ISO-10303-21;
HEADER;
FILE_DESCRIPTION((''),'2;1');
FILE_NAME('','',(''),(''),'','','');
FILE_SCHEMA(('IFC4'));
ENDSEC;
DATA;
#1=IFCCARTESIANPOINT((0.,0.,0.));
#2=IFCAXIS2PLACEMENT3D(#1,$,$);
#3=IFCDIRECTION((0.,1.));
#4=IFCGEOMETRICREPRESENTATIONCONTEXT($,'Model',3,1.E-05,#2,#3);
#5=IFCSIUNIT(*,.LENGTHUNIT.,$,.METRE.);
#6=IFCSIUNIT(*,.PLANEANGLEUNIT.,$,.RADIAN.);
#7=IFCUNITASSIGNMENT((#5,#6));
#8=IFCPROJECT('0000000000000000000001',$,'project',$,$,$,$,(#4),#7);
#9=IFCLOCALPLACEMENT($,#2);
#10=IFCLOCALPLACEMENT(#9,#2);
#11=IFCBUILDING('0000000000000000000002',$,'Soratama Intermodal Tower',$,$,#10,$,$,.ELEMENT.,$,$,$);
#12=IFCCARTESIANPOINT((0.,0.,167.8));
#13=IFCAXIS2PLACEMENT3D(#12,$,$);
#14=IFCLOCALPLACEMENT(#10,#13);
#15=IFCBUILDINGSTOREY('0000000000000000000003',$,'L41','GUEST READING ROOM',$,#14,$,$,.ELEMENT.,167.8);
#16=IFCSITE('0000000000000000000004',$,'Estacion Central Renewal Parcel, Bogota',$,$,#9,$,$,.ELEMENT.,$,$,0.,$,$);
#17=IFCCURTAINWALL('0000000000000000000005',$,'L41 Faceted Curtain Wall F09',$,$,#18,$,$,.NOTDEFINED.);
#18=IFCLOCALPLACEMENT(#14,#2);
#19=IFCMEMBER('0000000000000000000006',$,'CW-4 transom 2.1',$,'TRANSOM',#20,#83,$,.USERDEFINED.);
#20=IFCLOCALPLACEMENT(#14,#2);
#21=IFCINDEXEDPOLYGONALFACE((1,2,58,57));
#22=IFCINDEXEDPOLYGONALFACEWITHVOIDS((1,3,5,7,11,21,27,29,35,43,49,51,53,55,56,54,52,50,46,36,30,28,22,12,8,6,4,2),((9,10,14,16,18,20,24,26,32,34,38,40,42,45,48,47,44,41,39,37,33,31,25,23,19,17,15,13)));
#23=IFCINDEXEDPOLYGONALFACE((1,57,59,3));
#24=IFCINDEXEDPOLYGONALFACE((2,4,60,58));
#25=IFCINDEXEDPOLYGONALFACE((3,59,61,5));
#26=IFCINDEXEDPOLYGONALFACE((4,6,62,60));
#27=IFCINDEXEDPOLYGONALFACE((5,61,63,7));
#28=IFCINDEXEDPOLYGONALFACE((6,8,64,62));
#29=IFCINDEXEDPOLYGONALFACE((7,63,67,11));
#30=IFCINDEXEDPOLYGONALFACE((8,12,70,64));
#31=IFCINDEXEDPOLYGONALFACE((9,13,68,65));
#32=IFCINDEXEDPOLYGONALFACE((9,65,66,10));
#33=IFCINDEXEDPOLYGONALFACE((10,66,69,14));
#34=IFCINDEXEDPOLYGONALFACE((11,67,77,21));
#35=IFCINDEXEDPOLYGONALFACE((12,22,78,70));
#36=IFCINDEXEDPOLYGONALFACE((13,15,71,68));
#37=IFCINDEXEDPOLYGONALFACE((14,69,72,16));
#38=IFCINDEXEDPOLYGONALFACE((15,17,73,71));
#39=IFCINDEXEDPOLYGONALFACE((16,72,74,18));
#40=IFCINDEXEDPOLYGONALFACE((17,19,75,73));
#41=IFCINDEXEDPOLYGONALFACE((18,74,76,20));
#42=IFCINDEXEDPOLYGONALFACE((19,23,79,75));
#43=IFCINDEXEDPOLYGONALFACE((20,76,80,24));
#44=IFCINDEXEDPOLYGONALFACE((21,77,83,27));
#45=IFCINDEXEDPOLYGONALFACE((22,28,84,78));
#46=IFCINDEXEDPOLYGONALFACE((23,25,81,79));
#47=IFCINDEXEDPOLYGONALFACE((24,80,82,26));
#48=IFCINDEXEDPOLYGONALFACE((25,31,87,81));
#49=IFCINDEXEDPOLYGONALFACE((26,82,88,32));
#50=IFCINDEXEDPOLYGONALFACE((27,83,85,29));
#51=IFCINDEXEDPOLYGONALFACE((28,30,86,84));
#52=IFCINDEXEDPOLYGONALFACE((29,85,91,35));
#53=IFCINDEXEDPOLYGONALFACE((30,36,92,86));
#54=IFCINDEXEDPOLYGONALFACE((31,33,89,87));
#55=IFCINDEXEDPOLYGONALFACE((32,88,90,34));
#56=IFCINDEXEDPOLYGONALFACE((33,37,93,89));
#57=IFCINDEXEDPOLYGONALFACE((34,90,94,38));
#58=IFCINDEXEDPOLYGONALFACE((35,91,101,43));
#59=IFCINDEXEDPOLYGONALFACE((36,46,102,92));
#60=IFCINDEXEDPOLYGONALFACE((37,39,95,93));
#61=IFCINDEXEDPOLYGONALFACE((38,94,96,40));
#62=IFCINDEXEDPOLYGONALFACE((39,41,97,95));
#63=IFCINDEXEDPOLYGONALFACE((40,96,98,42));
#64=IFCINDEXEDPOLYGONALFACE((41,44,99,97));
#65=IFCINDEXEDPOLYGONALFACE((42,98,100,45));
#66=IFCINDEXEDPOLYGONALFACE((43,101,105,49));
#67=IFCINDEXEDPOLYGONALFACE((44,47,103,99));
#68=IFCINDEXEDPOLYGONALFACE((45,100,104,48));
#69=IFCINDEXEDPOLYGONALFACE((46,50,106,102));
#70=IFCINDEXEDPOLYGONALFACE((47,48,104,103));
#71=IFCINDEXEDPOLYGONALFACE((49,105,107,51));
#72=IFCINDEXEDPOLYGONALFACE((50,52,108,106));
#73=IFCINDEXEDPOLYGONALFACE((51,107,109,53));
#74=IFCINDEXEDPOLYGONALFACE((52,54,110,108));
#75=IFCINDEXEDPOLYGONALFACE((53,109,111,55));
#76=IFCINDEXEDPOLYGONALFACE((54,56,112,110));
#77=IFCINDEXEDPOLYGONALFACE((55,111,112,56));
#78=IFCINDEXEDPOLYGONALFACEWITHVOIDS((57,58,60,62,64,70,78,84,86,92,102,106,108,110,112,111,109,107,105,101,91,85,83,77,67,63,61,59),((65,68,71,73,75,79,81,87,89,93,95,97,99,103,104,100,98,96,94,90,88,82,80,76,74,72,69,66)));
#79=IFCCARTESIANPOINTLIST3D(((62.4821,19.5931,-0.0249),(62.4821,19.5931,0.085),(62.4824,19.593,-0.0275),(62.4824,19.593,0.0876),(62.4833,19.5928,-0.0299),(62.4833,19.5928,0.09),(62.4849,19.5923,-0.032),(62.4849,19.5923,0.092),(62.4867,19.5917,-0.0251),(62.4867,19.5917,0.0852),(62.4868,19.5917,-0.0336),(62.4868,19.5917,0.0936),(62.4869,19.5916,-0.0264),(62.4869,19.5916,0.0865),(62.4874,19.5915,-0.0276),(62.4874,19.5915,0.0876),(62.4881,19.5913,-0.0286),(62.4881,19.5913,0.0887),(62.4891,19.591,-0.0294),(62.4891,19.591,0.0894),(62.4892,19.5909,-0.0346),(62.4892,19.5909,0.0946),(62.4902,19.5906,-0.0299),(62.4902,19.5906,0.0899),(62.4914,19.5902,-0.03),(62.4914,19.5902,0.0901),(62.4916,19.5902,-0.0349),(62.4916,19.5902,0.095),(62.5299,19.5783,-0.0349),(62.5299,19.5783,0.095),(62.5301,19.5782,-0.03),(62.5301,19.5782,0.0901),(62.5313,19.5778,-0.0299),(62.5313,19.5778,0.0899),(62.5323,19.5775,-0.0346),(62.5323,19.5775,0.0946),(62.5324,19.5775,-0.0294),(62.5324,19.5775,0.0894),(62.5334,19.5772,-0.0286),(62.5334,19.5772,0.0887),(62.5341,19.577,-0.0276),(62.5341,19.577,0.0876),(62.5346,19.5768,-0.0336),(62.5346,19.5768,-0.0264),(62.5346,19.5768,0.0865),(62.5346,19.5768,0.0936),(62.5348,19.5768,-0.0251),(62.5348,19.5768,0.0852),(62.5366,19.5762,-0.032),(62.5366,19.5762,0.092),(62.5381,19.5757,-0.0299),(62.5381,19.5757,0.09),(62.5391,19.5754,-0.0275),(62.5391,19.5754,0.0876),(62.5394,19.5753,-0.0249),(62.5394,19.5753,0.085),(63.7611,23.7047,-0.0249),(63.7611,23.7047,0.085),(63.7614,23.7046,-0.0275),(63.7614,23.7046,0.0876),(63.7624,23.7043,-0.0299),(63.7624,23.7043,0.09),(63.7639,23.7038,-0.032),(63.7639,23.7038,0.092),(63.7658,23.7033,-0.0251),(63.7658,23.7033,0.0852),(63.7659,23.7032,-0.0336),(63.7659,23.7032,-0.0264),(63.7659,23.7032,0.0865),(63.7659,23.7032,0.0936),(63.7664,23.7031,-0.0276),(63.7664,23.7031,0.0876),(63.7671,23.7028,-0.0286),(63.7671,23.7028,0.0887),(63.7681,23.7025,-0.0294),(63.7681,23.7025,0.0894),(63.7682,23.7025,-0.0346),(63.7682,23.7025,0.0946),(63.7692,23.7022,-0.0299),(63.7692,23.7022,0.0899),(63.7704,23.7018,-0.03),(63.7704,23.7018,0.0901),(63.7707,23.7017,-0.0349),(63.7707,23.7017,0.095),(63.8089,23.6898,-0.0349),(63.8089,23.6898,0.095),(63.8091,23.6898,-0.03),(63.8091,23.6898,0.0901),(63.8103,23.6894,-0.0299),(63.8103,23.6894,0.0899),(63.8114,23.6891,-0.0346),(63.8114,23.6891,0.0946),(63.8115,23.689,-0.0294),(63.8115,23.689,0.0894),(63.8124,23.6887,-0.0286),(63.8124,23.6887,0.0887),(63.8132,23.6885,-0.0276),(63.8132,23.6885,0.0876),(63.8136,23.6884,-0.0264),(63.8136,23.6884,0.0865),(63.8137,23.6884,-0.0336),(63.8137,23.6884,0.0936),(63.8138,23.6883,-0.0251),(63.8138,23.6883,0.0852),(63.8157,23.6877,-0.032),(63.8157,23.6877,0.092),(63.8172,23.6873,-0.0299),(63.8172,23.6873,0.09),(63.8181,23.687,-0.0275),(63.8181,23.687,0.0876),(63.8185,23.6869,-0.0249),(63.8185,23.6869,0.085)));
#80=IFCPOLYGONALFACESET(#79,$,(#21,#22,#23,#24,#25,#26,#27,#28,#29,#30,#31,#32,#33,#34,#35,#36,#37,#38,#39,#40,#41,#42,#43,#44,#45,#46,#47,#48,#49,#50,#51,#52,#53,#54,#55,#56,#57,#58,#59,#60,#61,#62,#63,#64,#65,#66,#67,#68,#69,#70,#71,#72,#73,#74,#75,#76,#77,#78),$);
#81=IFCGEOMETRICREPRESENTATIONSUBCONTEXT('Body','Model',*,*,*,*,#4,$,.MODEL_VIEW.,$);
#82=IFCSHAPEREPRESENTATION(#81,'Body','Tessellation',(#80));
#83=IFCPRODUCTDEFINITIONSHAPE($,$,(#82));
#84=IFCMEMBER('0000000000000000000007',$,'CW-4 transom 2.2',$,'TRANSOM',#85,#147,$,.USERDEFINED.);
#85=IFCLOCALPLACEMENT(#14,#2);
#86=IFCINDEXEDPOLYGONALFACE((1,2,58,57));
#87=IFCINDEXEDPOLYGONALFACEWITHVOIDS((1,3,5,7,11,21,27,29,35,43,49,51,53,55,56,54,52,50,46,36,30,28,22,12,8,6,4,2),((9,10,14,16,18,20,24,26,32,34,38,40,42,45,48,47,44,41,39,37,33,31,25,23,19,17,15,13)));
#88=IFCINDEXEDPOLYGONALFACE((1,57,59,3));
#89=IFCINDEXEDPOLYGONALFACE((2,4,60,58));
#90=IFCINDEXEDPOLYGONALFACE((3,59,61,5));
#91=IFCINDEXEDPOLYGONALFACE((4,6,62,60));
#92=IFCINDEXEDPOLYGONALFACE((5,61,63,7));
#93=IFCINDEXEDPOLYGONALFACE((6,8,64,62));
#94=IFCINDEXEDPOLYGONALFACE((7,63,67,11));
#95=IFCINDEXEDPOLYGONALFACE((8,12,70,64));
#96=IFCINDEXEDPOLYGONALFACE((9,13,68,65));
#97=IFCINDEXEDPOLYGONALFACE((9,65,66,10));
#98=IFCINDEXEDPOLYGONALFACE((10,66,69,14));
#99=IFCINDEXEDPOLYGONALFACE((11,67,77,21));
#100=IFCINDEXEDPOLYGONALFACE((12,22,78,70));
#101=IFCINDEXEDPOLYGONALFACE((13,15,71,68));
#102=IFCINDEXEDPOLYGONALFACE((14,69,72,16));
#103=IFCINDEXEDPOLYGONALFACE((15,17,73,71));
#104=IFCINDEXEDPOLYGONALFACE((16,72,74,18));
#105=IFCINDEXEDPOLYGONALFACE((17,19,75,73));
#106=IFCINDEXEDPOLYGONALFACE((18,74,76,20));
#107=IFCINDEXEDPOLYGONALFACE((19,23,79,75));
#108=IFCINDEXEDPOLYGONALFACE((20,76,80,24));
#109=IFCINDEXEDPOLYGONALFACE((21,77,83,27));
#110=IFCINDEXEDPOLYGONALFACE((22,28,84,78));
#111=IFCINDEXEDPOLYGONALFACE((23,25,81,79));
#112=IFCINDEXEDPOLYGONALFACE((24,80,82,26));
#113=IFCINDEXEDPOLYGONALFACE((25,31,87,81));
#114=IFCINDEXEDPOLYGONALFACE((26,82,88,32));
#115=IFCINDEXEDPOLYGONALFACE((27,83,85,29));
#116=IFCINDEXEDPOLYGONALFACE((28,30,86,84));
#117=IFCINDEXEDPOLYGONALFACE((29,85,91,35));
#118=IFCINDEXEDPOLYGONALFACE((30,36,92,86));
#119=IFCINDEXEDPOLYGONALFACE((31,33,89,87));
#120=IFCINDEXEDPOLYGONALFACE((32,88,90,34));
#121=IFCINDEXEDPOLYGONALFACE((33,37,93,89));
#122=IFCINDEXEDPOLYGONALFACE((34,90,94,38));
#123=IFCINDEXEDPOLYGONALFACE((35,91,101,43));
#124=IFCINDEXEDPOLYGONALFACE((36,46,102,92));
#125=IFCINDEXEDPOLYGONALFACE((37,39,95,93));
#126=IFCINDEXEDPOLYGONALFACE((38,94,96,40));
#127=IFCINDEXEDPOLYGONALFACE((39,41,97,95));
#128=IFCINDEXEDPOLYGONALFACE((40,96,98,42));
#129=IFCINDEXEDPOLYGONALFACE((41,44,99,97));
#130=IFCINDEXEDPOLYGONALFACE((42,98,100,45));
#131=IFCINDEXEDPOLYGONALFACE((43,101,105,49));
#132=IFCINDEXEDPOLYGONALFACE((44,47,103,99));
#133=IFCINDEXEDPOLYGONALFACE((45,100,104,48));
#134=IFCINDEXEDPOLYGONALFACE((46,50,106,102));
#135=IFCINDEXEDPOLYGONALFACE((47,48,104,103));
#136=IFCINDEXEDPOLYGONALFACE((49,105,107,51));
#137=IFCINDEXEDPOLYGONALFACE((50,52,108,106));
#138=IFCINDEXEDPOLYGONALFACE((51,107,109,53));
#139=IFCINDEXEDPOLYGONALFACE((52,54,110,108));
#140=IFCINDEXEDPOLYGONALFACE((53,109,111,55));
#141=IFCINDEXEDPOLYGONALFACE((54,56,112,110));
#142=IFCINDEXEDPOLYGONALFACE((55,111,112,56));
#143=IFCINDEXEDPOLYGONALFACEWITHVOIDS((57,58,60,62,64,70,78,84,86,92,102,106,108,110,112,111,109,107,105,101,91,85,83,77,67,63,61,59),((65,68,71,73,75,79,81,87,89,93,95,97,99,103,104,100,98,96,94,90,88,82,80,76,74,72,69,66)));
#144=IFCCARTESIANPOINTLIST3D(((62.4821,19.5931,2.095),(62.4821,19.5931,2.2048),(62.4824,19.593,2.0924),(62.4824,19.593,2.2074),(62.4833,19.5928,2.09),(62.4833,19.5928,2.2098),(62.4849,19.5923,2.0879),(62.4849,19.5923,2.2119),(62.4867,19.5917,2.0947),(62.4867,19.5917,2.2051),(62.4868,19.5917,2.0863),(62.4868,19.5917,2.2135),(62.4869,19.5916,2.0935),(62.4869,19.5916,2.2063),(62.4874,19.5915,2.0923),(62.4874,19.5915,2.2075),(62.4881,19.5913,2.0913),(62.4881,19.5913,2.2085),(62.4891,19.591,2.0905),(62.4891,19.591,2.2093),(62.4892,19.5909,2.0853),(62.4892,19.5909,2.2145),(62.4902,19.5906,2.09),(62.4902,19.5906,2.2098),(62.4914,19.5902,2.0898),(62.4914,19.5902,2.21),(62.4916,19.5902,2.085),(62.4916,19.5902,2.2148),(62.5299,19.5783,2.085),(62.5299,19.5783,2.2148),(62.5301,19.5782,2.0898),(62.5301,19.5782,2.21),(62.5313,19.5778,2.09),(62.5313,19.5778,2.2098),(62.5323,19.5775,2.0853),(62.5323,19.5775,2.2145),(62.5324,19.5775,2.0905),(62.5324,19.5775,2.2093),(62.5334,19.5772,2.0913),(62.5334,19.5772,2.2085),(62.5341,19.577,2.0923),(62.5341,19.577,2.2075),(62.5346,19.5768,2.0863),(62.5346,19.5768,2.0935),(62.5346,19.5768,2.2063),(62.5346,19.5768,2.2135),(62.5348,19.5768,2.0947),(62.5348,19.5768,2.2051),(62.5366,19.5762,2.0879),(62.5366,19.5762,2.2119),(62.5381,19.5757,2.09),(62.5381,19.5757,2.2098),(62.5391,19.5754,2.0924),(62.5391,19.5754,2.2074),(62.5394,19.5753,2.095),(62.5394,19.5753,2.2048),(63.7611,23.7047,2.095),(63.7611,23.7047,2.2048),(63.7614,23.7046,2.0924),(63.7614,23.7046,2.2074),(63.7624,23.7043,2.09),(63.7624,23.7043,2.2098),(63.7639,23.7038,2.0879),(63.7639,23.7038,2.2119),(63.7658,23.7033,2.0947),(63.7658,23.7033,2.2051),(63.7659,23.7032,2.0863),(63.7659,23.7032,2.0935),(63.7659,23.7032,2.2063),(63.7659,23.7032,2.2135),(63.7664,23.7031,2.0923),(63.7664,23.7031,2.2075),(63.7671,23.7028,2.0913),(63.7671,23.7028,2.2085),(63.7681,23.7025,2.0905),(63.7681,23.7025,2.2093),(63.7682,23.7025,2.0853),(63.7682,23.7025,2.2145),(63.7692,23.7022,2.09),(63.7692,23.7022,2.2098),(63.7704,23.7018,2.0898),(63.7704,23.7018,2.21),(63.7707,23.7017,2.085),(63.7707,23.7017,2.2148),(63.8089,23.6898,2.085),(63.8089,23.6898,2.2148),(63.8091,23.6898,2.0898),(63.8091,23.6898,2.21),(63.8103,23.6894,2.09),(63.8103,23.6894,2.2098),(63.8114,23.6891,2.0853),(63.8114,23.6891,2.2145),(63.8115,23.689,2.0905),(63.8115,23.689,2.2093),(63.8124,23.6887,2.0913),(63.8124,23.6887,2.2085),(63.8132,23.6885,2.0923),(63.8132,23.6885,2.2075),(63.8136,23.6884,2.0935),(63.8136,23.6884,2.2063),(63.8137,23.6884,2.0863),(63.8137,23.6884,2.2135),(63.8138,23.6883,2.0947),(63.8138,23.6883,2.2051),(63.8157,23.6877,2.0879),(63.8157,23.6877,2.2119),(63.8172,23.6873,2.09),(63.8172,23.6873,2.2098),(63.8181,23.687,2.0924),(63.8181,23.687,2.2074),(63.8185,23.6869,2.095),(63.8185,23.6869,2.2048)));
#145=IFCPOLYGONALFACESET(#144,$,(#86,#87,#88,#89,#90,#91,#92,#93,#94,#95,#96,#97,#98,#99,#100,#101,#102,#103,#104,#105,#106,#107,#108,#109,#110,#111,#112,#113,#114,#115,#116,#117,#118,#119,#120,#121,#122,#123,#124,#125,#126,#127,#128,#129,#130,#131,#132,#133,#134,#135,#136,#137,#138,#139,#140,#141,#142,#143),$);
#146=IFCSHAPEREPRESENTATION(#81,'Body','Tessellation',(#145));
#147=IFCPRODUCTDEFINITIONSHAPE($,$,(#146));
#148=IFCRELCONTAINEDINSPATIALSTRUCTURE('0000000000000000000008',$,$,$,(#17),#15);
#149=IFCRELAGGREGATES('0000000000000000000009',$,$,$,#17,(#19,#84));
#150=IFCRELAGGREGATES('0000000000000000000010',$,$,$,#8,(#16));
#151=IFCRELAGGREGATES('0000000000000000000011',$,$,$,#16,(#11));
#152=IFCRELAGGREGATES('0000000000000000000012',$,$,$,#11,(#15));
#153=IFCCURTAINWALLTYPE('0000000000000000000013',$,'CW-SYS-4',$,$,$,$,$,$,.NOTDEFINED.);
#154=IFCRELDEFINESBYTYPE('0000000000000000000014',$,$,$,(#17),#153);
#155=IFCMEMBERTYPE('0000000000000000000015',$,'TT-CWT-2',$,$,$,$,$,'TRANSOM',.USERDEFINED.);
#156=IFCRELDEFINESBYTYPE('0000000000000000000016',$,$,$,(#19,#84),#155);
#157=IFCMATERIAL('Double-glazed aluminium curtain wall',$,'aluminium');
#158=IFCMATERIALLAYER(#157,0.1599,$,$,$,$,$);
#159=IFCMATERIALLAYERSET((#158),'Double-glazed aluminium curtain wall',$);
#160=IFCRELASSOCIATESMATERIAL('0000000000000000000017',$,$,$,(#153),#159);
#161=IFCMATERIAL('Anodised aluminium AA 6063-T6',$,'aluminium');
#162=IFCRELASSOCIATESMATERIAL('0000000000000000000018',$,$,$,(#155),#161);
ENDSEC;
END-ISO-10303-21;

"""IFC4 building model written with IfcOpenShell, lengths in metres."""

from ifc_helpers import new_model, si_unit, direction, frame, origin, origin_2d, place, context, subcontext, project, spatial, hollow_rectangle, extrude, material, layer, layer_set, material_profile, profile_set, type_object, element, aggregate, save


model = new_model("IFC4")

# Units and contexts
model_context = context("Model", 3, precision=1e-05, world=origin(), true_north=direction((0.0, 1.0)))
body_context = subcontext(model_context, "Body", "Model", "MODEL_VIEW")
ifc_project = project(units=[si_unit("LENGTHUNIT", "METRE"), si_unit("PLANEANGLEUNIT", "RADIAN")], contexts=[model_context])

# Site, building, storey
site_placement = place(None, origin())
site = spatial("IfcSite", under=ifc_project, at=site_placement, Name="Estacion Central Renewal Parcel, Bogota", CompositionType="ELEMENT", RefElevation=0.0)
building_placement = place(site_placement, origin())
building = spatial("IfcBuilding", under=site, at=building_placement, Name="Soratama Intermodal Tower", CompositionType="ELEMENT")
storey_placement = place(building_placement, frame((0.0, 0.0, 167.8)))
storey = spatial("IfcBuildingStorey", under=building, at=storey_placement, Name="L41", Description="GUEST READING ROOM", CompositionType="ELEMENT", Elevation=167.8)

# Curtain wall, members
ifc_material_1 = material(Name="Double-glazed aluminium curtain wall", Category="aluminium")
ifc_layer_1 = layer(ifc_material_1, 0.1599)
ifc_layer_set_1 = layer_set([ifc_layer_1], Name="Double-glazed aluminium curtain wall")
curtain_wall_type = type_object("IfcCurtainWallType", Name="CW-SYS-4", PredefinedType="NOTDEFINED", material=ifc_layer_set_1)
curtain_wall_placement = place(storey_placement, origin())
curtain_wall = element("IfcCurtainWall", 1, at=curtain_wall_placement, inside=storey, type_object=curtain_wall_type, Name="L41 Faceted Curtain Wall F09", PredefinedType="NOTDEFINED")
ifc_material_2 = material(Name="Anodised aluminium AA 6063-T6", Category="aluminium")
ifc_material_profile_1 = material_profile(ifc_material_2, hollow_rectangle(XDim=0.0601, YDim=0.1299, WallThickness=0.0049, InnerFilletRadius=0.0049, OuterFilletRadius=0.01, at=origin_2d()), Name="CWT130X60X5")
ifc_profile_set_1 = profile_set([ifc_material_profile_1], Name="Anodised aluminium AA 6063-T6")
member_type_1 = type_object("IfcMemberType", Name="TT-CWT-2", ElementType="TRANSOM", PredefinedType="USERDEFINED", material=ifc_profile_set_1)
member_1_placement = place(storey_placement, frame((62.5107, 19.5842, 0.03), z_axis=(0.297045, 0.954864, 0.0), x_axis=(-0.954864, 0.297045, 0.0)))
member_1 = element("IfcMember", 2, at=member_1_placement, type_object=member_type_1, Name="CW-4 transom 2.1", ObjectType="TRANSOM", PredefinedType="USERDEFINED", context=body_context, shape_type="SweptSolid", body=[
    extrude(hollow_rectangle(XDim=0.0601, YDim=0.1299, WallThickness=0.0049, InnerFilletRadius=0.0049, OuterFilletRadius=0.01, at=origin_2d()), origin(), (0.0, 0.0, 1.0), 4.3059),
])
member_2_placement = place(storey_placement, frame((62.5107, 19.5842, 2.1499), z_axis=(0.297045, 0.954864, 0.0), x_axis=(-0.954864, 0.297045, 0.0)))
member_2 = element("IfcMember", 3, at=member_2_placement, type_object=member_type_1, Name="CW-4 transom 2.2", ObjectType="TRANSOM", PredefinedType="USERDEFINED", context=body_context, shape_type="SweptSolid", body=[
    extrude(hollow_rectangle(XDim=0.0601, YDim=0.1299, WallThickness=0.0049, InnerFilletRadius=0.0049, OuterFilletRadius=0.01, at=origin_2d()), origin(), (0.0, 0.0, 1.0), 4.3059),
])
aggregate(curtain_wall, [member_1, member_2])

save(model, "model.ifc")
